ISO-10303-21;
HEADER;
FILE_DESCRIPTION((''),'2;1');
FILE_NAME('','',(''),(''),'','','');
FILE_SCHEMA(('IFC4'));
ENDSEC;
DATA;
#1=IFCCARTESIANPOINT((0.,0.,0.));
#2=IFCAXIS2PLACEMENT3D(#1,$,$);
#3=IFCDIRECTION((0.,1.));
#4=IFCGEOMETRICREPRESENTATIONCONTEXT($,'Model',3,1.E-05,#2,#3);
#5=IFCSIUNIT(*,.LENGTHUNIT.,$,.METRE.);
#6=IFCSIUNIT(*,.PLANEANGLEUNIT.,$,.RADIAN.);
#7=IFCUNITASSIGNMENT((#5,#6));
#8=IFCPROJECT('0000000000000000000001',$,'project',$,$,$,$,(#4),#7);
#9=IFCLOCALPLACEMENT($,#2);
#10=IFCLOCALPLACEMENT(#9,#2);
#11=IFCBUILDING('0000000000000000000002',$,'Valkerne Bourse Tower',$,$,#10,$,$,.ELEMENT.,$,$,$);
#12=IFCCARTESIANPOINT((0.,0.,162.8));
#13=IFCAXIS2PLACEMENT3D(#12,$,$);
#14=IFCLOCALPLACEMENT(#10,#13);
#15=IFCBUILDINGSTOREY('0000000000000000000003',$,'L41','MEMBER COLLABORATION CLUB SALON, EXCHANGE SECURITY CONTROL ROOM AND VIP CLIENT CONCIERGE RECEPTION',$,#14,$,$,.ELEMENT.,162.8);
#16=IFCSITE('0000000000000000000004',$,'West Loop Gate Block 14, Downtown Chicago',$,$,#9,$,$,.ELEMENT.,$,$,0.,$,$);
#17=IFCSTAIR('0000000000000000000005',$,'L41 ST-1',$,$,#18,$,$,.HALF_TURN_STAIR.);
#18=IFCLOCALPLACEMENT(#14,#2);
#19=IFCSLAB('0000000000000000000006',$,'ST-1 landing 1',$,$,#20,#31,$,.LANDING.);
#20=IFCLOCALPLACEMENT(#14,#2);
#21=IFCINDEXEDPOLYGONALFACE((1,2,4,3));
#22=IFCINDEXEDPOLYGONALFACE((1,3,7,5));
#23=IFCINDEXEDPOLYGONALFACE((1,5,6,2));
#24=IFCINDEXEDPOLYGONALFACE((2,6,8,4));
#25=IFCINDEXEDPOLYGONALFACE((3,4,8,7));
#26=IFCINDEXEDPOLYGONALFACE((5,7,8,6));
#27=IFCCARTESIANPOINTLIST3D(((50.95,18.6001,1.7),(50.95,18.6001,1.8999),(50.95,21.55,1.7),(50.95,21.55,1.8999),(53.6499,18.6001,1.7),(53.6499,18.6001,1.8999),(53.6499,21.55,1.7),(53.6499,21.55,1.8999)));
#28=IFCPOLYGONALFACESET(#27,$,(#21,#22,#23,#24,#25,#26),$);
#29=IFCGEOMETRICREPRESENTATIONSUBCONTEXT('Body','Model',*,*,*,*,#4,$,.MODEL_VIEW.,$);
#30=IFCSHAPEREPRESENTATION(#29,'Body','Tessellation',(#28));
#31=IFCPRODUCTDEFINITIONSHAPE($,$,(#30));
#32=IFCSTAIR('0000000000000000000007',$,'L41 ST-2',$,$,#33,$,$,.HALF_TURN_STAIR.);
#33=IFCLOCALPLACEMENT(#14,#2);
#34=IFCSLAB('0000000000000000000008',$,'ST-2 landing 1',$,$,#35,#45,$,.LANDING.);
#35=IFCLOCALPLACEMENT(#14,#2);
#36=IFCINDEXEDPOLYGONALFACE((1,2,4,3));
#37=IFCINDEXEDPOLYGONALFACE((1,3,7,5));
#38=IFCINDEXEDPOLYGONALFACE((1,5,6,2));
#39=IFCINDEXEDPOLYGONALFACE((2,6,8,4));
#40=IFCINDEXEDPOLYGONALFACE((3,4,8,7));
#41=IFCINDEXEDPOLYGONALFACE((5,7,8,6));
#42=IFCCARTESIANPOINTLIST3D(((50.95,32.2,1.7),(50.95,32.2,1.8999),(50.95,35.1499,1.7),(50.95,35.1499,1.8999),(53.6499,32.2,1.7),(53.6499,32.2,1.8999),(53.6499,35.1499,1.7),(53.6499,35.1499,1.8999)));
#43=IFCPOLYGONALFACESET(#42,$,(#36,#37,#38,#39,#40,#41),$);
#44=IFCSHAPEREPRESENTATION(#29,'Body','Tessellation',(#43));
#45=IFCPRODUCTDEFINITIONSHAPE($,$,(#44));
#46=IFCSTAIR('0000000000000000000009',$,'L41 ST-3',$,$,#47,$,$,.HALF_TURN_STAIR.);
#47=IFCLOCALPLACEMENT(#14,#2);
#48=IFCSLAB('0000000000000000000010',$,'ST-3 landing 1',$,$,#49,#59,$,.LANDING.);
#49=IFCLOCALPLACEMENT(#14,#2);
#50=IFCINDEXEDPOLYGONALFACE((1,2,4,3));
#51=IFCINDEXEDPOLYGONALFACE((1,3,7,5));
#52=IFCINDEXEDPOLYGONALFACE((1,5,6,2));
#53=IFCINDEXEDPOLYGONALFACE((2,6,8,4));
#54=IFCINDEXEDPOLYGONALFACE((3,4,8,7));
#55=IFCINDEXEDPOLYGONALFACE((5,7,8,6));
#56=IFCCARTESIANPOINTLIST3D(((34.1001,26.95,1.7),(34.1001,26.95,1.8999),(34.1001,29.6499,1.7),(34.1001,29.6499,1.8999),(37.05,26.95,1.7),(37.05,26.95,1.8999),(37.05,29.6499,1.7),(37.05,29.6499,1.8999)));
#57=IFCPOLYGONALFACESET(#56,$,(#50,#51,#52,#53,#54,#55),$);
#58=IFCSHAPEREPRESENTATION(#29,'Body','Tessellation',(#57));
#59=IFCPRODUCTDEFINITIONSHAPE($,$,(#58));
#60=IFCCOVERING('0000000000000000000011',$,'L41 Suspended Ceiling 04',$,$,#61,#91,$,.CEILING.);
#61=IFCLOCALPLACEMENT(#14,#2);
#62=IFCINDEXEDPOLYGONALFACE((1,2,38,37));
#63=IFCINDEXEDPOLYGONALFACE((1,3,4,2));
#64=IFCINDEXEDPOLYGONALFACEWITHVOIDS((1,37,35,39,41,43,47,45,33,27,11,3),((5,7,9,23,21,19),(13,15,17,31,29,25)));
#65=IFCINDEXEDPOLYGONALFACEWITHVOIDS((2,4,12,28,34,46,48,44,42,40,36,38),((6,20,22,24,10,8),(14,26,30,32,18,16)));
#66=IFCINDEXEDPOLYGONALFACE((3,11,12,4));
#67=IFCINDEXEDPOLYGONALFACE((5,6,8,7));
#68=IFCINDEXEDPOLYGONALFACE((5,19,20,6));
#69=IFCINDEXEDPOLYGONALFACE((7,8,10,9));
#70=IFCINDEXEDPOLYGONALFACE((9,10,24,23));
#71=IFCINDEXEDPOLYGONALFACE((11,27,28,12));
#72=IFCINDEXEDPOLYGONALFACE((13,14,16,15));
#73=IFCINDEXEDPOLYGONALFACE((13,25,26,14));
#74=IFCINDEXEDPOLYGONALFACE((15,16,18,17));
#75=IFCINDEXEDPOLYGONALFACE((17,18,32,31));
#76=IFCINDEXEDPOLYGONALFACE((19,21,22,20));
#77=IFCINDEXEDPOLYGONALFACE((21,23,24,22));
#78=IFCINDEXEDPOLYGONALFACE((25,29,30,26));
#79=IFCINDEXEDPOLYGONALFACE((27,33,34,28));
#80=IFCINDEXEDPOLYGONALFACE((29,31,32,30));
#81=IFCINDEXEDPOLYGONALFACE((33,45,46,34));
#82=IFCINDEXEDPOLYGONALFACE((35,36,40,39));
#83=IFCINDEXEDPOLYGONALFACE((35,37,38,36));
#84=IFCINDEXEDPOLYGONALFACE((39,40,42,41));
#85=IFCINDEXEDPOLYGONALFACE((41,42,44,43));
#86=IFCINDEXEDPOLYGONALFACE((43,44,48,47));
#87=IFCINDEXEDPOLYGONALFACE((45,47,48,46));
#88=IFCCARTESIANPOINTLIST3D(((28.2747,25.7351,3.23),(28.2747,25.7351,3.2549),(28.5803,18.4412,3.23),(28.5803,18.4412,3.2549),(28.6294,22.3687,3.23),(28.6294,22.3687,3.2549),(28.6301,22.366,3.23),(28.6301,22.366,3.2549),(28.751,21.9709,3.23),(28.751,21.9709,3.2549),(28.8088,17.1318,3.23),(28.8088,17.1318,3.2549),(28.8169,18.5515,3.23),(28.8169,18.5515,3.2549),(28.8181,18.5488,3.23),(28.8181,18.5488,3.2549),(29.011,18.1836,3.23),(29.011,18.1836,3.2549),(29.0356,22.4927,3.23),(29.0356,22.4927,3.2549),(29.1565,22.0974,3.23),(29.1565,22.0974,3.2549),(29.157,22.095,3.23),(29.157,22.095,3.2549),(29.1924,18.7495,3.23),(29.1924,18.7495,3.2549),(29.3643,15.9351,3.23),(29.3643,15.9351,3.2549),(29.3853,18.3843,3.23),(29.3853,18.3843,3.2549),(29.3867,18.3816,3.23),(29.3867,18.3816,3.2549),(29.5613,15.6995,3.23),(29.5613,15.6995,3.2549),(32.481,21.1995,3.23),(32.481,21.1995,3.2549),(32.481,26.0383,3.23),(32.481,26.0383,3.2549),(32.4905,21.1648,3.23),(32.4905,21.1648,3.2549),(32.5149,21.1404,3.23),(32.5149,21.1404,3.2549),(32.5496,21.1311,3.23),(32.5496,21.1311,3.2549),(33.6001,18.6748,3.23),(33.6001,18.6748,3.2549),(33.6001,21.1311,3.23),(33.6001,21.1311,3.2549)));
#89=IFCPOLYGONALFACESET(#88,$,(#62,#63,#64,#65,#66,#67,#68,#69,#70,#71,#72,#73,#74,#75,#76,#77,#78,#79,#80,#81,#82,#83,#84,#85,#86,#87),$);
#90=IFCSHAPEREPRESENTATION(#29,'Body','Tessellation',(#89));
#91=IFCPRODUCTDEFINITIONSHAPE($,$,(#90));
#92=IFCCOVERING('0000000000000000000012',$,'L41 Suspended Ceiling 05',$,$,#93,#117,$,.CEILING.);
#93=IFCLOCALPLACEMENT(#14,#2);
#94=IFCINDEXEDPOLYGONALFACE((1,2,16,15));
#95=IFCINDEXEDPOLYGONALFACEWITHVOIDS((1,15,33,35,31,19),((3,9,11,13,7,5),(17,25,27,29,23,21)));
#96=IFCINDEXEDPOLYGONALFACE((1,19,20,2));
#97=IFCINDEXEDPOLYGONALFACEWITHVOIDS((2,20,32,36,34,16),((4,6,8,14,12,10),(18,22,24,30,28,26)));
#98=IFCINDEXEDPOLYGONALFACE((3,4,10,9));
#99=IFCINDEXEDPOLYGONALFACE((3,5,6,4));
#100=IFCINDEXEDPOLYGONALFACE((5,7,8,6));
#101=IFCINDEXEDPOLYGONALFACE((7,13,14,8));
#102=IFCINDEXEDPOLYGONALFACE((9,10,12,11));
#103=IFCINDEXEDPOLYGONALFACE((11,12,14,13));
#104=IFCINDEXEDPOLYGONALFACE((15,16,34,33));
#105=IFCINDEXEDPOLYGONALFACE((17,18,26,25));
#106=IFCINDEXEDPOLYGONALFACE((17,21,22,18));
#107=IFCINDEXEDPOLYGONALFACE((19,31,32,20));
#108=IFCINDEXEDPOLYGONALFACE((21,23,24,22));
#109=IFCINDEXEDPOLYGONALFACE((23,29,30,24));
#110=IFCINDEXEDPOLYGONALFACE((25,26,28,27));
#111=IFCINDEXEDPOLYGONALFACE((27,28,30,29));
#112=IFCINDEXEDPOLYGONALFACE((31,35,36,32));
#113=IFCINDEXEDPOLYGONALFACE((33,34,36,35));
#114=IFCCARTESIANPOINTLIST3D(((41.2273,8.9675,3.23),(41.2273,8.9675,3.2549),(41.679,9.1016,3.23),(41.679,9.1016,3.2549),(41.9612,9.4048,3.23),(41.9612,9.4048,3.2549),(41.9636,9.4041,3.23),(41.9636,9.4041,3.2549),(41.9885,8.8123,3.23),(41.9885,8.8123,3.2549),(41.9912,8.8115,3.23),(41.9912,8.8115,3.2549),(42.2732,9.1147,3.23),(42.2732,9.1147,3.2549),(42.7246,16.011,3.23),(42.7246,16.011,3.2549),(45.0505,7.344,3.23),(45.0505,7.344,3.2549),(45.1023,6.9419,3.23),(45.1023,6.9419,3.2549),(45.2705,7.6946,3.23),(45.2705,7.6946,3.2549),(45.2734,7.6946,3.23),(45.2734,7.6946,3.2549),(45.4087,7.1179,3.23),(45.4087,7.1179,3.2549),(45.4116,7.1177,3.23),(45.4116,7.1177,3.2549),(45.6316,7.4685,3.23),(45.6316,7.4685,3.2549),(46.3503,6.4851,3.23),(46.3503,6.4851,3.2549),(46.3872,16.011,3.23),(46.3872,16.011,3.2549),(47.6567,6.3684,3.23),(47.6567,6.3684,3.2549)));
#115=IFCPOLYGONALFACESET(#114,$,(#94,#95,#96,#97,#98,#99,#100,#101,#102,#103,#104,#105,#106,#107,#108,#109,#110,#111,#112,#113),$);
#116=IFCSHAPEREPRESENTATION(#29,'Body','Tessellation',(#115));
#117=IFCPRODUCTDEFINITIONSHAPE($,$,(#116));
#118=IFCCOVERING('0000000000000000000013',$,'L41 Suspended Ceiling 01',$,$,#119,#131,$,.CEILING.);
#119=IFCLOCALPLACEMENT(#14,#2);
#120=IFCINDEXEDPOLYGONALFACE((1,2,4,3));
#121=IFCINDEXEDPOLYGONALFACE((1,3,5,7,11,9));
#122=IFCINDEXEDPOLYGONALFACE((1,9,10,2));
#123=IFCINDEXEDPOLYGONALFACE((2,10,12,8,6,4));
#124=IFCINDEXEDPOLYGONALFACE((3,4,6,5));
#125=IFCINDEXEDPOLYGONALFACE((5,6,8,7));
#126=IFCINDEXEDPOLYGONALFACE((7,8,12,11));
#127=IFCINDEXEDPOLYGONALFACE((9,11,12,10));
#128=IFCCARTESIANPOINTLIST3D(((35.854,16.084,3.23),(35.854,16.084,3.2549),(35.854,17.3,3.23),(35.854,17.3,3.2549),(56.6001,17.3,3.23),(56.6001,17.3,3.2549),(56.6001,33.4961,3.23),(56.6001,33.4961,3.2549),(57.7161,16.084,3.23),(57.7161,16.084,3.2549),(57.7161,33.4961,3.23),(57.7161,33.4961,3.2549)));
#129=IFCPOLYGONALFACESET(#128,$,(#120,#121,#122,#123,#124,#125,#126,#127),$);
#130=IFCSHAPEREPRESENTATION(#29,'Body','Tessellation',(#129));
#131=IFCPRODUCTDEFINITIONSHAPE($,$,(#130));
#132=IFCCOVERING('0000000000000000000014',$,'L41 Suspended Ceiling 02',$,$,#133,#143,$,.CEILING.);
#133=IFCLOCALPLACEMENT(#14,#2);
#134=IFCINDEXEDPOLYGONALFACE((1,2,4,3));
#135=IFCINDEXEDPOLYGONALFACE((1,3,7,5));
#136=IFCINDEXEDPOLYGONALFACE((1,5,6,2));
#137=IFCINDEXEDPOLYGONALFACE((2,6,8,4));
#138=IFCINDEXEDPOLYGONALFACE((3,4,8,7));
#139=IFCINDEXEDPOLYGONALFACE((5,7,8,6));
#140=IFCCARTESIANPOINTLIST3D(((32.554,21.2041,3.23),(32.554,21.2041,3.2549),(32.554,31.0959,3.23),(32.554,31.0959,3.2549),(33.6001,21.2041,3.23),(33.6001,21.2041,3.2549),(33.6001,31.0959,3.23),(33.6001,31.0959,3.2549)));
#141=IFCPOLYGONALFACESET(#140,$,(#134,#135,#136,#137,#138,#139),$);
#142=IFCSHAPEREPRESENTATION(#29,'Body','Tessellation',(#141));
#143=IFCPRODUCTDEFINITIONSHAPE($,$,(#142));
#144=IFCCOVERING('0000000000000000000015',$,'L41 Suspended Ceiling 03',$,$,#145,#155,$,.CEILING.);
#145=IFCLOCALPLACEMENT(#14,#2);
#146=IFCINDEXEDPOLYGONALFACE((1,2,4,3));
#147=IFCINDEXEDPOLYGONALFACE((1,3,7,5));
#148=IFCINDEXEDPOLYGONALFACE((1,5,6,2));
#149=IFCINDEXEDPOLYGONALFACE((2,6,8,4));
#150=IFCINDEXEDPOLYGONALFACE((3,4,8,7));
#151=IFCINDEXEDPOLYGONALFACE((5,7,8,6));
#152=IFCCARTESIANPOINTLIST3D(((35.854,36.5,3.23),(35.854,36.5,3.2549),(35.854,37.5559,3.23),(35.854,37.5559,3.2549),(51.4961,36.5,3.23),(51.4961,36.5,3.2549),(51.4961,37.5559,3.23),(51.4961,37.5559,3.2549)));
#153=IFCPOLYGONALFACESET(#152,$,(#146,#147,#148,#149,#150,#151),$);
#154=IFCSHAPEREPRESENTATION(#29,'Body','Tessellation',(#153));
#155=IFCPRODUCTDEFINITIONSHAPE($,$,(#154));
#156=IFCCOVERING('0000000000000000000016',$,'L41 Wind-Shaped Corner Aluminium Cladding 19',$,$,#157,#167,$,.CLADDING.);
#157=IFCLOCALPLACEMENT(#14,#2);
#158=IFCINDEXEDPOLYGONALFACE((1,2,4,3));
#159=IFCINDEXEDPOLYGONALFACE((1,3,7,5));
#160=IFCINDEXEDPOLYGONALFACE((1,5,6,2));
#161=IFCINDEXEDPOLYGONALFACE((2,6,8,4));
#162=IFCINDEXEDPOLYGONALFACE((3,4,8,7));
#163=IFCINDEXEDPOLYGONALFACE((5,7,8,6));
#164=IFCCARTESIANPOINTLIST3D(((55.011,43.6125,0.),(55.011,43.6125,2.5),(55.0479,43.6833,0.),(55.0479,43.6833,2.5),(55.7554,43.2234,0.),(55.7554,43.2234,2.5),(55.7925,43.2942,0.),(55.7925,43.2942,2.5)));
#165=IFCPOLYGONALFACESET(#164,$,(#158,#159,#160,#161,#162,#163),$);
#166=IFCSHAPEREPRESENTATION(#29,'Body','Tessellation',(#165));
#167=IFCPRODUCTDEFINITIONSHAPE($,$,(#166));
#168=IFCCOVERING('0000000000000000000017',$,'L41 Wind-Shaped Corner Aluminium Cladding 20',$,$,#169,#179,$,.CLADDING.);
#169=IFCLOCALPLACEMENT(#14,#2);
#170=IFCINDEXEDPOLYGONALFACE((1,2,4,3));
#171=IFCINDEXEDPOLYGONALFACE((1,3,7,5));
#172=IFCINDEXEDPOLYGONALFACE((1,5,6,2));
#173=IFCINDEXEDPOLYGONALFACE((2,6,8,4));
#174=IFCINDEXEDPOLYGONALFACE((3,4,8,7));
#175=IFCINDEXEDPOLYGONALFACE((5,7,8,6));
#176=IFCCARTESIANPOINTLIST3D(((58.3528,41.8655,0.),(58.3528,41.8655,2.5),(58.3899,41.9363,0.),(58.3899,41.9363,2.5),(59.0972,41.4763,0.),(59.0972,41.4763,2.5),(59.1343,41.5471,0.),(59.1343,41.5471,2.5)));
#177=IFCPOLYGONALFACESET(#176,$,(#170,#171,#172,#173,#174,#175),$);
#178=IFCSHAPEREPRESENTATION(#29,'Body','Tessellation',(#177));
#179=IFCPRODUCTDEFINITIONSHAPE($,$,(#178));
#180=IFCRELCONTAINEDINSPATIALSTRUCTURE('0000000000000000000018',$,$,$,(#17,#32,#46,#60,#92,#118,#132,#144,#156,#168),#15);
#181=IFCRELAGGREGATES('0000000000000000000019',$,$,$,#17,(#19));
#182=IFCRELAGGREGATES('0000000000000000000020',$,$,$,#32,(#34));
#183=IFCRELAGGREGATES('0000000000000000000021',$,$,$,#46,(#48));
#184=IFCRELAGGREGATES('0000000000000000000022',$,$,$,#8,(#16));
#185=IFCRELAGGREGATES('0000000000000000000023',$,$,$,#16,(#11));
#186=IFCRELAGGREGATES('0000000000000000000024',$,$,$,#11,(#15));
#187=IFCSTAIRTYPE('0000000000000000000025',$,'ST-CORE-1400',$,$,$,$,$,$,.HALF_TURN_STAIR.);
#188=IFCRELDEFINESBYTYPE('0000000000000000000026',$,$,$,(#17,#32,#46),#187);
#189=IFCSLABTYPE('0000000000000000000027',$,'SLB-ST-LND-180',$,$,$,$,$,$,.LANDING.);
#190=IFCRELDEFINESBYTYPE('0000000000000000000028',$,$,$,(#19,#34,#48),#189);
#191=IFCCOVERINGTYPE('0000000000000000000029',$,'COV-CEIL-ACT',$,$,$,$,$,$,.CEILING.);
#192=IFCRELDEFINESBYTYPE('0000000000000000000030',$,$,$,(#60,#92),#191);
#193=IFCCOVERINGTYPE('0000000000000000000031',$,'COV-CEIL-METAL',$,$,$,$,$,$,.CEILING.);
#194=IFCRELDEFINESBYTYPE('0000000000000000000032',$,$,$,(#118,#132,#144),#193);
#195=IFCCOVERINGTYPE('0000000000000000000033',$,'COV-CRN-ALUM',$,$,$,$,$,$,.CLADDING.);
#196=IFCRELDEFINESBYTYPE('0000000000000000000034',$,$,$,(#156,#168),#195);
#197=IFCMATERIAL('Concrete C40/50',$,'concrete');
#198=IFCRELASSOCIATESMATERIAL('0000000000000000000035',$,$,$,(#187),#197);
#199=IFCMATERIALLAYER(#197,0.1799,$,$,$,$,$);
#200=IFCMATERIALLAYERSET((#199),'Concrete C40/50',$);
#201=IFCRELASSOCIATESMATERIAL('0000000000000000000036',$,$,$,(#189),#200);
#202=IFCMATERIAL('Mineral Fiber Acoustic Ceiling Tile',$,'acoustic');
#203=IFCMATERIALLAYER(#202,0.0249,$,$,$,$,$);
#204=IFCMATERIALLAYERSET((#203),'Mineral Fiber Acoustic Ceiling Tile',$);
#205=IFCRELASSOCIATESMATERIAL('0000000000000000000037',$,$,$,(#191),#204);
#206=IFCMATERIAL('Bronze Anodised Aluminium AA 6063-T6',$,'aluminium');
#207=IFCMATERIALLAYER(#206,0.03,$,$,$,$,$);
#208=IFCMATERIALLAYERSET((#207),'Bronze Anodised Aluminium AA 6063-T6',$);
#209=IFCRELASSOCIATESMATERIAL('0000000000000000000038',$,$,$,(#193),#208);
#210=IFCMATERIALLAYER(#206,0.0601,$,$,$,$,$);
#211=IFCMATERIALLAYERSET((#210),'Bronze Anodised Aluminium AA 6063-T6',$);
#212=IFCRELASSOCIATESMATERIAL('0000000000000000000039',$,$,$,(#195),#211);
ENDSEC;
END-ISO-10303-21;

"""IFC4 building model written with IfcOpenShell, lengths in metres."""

from ifc_helpers import new_model, si_unit, direction, frame, origin, place, context, subcontext, project, spatial, polyline, outline, extrude, material, layer, layer_set, type_object, element, aggregate, save


model = new_model("IFC4")

# Units and contexts
model_context = context("Model", 3, precision=1e-05, world=origin(), true_north=direction((0.0, 1.0)))
body_context = subcontext(model_context, "Body", "Model", "MODEL_VIEW")
ifc_project = project(units=[si_unit("LENGTHUNIT", "METRE"), si_unit("PLANEANGLEUNIT", "RADIAN")], contexts=[model_context])

# Site, building, storey
site_placement = place(None, origin())
site = spatial("IfcSite", under=ifc_project, at=site_placement, Name="West Loop Gate Block 14, Downtown Chicago", CompositionType="ELEMENT", RefElevation=0.0)
building_placement = place(site_placement, origin())
building = spatial("IfcBuilding", under=site, at=building_placement, Name="Valkerne Bourse Tower", CompositionType="ELEMENT")
storey_placement = place(building_placement, frame((0.0, 0.0, 162.8)))
storey = spatial("IfcBuildingStorey", under=building, at=storey_placement, Name="L41", Description="MEMBER COLLABORATION CLUB SALON, EXCHANGE SECURITY CONTROL ROOM AND VIP CLIENT CONCIERGE RECEPTION", CompositionType="ELEMENT", Elevation=162.8)

# Stairs, slabs
ifc_material_1 = material(Name="Concrete C40/50", Category="concrete")
stair_type = type_object("IfcStairType", Name="ST-CORE-1400", PredefinedType="HALF_TURN_STAIR", material=ifc_material_1)
stair_1_placement = place(storey_placement, origin())
stair_1 = element("IfcStair", 1, at=stair_1_placement, inside=storey, type_object=stair_type, Name="L41 ST-1", PredefinedType="HALF_TURN_STAIR")
ifc_layer_1 = layer(ifc_material_1, 0.1799)
ifc_layer_set_1 = layer_set([ifc_layer_1], Name="Concrete C40/50")
slab_type = type_object("IfcSlabType", Name="SLB-ST-LND-180", PredefinedType="LANDING", material=ifc_layer_set_1)
slab_1_placement = place(storey_placement, frame((0.0, 0.0, 1.7)))
slab_1 = element("IfcSlab", 2, at=slab_1_placement, type_object=slab_type, Name="ST-1 landing 1", PredefinedType="LANDING", context=body_context, shape_type="SweptSolid", body=[
    extrude(outline(polyline([(50.95, 18.6001), (53.6499, 18.6001), (53.6499, 21.55), (50.95, 21.55), (50.95, 18.6001)])), origin(), (0.0, 0.0, 1.0), 0.2),
])
aggregate(stair_1, [slab_1])
stair_2_placement = place(storey_placement, origin())
stair_2 = element("IfcStair", 3, at=stair_2_placement, inside=storey, type_object=stair_type, Name="L41 ST-2", PredefinedType="HALF_TURN_STAIR")
slab_2_placement = place(storey_placement, frame((0.0, 0.0, 1.7)))
slab_2 = element("IfcSlab", 4, at=slab_2_placement, type_object=slab_type, Name="ST-2 landing 1", PredefinedType="LANDING", context=body_context, shape_type="SweptSolid", body=[
    extrude(outline(polyline([(50.95, 32.2), (53.6499, 32.2), (53.6499, 35.1499), (50.95, 35.1499), (50.95, 32.2)])), origin(), (0.0, 0.0, 1.0), 0.2),
])
aggregate(stair_2, [slab_2])
stair_3_placement = place(storey_placement, origin())
stair_3 = element("IfcStair", 5, at=stair_3_placement, inside=storey, type_object=stair_type, Name="L41 ST-3", PredefinedType="HALF_TURN_STAIR")
slab_3_placement = place(storey_placement, frame((0.0, 0.0, 1.7)))
slab_3 = element("IfcSlab", 6, at=slab_3_placement, type_object=slab_type, Name="ST-3 landing 1", PredefinedType="LANDING", context=body_context, shape_type="SweptSolid", body=[
    extrude(outline(polyline([(37.05, 26.95), (37.05, 29.6499), (34.1001, 29.6499), (34.1001, 26.95), (37.05, 26.95)])), origin(), (0.0, 0.0, 1.0), 0.2),
])
aggregate(stair_3, [slab_3])

# Coverings
ifc_material_2 = material(Name="Mineral Fiber Acoustic Ceiling Tile", Category="acoustic")
ifc_layer_2 = layer(ifc_material_2, 0.0249)
ifc_layer_set_2 = layer_set([ifc_layer_2], Name="Mineral Fiber Acoustic Ceiling Tile")
covering_type_1 = type_object("IfcCoveringType", Name="COV-CEIL-ACT", PredefinedType="CEILING", material=ifc_layer_set_2)
covering_1_placement = place(storey_placement, frame((0.0, 0.0, 3.23)))
element("IfcCovering", 7, at=covering_1_placement, inside=storey, type_object=covering_type_1, Name="L41 Suspended Ceiling 04", PredefinedType="CEILING", context=body_context, shape_type="SweptSolid", body=[
    extrude(outline(polyline([(28.5803, 18.4412), (28.2747, 25.7351), (32.481, 26.0383), (32.481, 21.1995), (32.4905, 21.1648), (32.5149, 21.1404), (32.5496, 21.1311), (33.6001, 21.1311), (33.6001, 18.6748), (29.5613, 15.6995), (29.3643, 15.9351), (28.8088, 17.1318), (28.5803, 18.4412)]), holes=[polyline([(29.3867, 18.3816), (29.3853, 18.3843), (29.1924, 18.7495), (28.8169, 18.5515), (28.8181, 18.5488), (29.011, 18.1836), (29.3867, 18.3816)]), polyline([(29.1565, 22.0974), (29.0356, 22.4927), (28.6294, 22.3687), (28.6301, 22.366), (28.751, 21.9709), (29.157, 22.095), (29.1565, 22.0974)])]), origin(), (0.0, 0.0, 1.0), 0.0249),
])
covering_2_placement = place(storey_placement, frame((0.0, 0.0, 3.23)))
element("IfcCovering", 8, at=covering_2_placement, inside=storey, type_object=covering_type_1, Name="L41 Suspended Ceiling 05", PredefinedType="CEILING", context=body_context, shape_type="SweptSolid", body=[
    extrude(outline(polyline([(41.2273, 8.9675), (42.7246, 16.011), (46.3872, 16.011), (47.6567, 6.3684), (46.3503, 6.4851), (45.1023, 6.9419), (41.2273, 8.9675)]), holes=[polyline([(45.6316, 7.4685), (45.2734, 7.6946), (45.2705, 7.6946), (45.0505, 7.344), (45.4087, 7.1179), (45.4116, 7.1177), (45.6316, 7.4685)]), polyline([(41.9636, 9.4041), (41.9612, 9.4048), (41.679, 9.1016), (41.9885, 8.8123), (41.9912, 8.8115), (42.2732, 9.1147), (41.9636, 9.4041)])]), origin(), (0.0, 0.0, 1.0), 0.0249),
])
ifc_material_3 = material(Name="Bronze Anodised Aluminium AA 6063-T6", Category="aluminium")
ifc_layer_3 = layer(ifc_material_3, 0.03)
ifc_layer_set_3 = layer_set([ifc_layer_3], Name="Bronze Anodised Aluminium AA 6063-T6")
covering_type_2 = type_object("IfcCoveringType", Name="COV-CEIL-METAL", PredefinedType="CEILING", material=ifc_layer_set_3)
covering_3_placement = place(storey_placement, frame((0.0, 0.0, 3.23)))
element("IfcCovering", 9, at=covering_3_placement, inside=storey, type_object=covering_type_2, Name="L41 Suspended Ceiling 01", PredefinedType="CEILING", context=body_context, shape_type="SweptSolid", body=[
    extrude(outline(polyline([(35.854, 17.3), (56.6001, 17.3), (56.6001, 33.4961), (57.7161, 33.4961), (57.7161, 16.084), (35.854, 16.084), (35.854, 17.3)])), origin(), (0.0, 0.0, 1.0), 0.0249),
])
covering_4_placement = place(storey_placement, frame((0.0, 0.0, 3.23)))
element("IfcCovering", 10, at=covering_4_placement, inside=storey, type_object=covering_type_2, Name="L41 Suspended Ceiling 02", PredefinedType="CEILING", context=body_context, shape_type="SweptSolid", body=[
    extrude(outline(polyline([(32.554, 21.2041), (32.554, 31.0959), (33.6001, 31.0959), (33.6001, 21.2041), (32.554, 21.2041)])), origin(), (0.0, 0.0, 1.0), 0.0249),
])
covering_5_placement = place(storey_placement, frame((0.0, 0.0, 3.23)))
element("IfcCovering", 11, at=covering_5_placement, inside=storey, type_object=covering_type_2, Name="L41 Suspended Ceiling 03", PredefinedType="CEILING", context=body_context, shape_type="SweptSolid", body=[
    extrude(outline(polyline([(35.854, 37.5559), (51.4961, 37.5559), (51.4961, 36.5), (35.854, 36.5), (35.854, 37.5559)])), origin(), (0.0, 0.0, 1.0), 0.0249),
])
ifc_layer_4 = layer(ifc_material_3, 0.0601)
ifc_layer_set_4 = layer_set([ifc_layer_4], Name="Bronze Anodised Aluminium AA 6063-T6")
covering_type_3 = type_object("IfcCoveringType", Name="COV-CRN-ALUM", PredefinedType="CLADDING", material=ifc_layer_set_4)
covering_6_placement = place(storey_placement, origin())
element("IfcCovering", 12, at=covering_6_placement, inside=storey, type_object=covering_type_3, Name="L41 Wind-Shaped Corner Aluminium Cladding 19", PredefinedType="CLADDING", context=body_context, shape_type="SweptSolid", body=[
    extrude(outline(polyline([(55.7925, 43.2942), (55.7554, 43.2234), (55.011, 43.6125), (55.0479, 43.6833), (55.7925, 43.2942)])), origin(), (0.0, 0.0, 1.0), 2.5),
])
covering_7_placement = place(storey_placement, origin())
element("IfcCovering", 13, at=covering_7_placement, inside=storey, type_object=covering_type_3, Name="L41 Wind-Shaped Corner Aluminium Cladding 20", PredefinedType="CLADDING", context=body_context, shape_type="SweptSolid", body=[
    extrude(outline(polyline([(59.1343, 41.5471), (59.0972, 41.4763), (58.3528, 41.8655), (58.3899, 41.9363), (59.1343, 41.5471)])), origin(), (0.0, 0.0, 1.0), 2.5),
])

save(model, "model.ifc")
